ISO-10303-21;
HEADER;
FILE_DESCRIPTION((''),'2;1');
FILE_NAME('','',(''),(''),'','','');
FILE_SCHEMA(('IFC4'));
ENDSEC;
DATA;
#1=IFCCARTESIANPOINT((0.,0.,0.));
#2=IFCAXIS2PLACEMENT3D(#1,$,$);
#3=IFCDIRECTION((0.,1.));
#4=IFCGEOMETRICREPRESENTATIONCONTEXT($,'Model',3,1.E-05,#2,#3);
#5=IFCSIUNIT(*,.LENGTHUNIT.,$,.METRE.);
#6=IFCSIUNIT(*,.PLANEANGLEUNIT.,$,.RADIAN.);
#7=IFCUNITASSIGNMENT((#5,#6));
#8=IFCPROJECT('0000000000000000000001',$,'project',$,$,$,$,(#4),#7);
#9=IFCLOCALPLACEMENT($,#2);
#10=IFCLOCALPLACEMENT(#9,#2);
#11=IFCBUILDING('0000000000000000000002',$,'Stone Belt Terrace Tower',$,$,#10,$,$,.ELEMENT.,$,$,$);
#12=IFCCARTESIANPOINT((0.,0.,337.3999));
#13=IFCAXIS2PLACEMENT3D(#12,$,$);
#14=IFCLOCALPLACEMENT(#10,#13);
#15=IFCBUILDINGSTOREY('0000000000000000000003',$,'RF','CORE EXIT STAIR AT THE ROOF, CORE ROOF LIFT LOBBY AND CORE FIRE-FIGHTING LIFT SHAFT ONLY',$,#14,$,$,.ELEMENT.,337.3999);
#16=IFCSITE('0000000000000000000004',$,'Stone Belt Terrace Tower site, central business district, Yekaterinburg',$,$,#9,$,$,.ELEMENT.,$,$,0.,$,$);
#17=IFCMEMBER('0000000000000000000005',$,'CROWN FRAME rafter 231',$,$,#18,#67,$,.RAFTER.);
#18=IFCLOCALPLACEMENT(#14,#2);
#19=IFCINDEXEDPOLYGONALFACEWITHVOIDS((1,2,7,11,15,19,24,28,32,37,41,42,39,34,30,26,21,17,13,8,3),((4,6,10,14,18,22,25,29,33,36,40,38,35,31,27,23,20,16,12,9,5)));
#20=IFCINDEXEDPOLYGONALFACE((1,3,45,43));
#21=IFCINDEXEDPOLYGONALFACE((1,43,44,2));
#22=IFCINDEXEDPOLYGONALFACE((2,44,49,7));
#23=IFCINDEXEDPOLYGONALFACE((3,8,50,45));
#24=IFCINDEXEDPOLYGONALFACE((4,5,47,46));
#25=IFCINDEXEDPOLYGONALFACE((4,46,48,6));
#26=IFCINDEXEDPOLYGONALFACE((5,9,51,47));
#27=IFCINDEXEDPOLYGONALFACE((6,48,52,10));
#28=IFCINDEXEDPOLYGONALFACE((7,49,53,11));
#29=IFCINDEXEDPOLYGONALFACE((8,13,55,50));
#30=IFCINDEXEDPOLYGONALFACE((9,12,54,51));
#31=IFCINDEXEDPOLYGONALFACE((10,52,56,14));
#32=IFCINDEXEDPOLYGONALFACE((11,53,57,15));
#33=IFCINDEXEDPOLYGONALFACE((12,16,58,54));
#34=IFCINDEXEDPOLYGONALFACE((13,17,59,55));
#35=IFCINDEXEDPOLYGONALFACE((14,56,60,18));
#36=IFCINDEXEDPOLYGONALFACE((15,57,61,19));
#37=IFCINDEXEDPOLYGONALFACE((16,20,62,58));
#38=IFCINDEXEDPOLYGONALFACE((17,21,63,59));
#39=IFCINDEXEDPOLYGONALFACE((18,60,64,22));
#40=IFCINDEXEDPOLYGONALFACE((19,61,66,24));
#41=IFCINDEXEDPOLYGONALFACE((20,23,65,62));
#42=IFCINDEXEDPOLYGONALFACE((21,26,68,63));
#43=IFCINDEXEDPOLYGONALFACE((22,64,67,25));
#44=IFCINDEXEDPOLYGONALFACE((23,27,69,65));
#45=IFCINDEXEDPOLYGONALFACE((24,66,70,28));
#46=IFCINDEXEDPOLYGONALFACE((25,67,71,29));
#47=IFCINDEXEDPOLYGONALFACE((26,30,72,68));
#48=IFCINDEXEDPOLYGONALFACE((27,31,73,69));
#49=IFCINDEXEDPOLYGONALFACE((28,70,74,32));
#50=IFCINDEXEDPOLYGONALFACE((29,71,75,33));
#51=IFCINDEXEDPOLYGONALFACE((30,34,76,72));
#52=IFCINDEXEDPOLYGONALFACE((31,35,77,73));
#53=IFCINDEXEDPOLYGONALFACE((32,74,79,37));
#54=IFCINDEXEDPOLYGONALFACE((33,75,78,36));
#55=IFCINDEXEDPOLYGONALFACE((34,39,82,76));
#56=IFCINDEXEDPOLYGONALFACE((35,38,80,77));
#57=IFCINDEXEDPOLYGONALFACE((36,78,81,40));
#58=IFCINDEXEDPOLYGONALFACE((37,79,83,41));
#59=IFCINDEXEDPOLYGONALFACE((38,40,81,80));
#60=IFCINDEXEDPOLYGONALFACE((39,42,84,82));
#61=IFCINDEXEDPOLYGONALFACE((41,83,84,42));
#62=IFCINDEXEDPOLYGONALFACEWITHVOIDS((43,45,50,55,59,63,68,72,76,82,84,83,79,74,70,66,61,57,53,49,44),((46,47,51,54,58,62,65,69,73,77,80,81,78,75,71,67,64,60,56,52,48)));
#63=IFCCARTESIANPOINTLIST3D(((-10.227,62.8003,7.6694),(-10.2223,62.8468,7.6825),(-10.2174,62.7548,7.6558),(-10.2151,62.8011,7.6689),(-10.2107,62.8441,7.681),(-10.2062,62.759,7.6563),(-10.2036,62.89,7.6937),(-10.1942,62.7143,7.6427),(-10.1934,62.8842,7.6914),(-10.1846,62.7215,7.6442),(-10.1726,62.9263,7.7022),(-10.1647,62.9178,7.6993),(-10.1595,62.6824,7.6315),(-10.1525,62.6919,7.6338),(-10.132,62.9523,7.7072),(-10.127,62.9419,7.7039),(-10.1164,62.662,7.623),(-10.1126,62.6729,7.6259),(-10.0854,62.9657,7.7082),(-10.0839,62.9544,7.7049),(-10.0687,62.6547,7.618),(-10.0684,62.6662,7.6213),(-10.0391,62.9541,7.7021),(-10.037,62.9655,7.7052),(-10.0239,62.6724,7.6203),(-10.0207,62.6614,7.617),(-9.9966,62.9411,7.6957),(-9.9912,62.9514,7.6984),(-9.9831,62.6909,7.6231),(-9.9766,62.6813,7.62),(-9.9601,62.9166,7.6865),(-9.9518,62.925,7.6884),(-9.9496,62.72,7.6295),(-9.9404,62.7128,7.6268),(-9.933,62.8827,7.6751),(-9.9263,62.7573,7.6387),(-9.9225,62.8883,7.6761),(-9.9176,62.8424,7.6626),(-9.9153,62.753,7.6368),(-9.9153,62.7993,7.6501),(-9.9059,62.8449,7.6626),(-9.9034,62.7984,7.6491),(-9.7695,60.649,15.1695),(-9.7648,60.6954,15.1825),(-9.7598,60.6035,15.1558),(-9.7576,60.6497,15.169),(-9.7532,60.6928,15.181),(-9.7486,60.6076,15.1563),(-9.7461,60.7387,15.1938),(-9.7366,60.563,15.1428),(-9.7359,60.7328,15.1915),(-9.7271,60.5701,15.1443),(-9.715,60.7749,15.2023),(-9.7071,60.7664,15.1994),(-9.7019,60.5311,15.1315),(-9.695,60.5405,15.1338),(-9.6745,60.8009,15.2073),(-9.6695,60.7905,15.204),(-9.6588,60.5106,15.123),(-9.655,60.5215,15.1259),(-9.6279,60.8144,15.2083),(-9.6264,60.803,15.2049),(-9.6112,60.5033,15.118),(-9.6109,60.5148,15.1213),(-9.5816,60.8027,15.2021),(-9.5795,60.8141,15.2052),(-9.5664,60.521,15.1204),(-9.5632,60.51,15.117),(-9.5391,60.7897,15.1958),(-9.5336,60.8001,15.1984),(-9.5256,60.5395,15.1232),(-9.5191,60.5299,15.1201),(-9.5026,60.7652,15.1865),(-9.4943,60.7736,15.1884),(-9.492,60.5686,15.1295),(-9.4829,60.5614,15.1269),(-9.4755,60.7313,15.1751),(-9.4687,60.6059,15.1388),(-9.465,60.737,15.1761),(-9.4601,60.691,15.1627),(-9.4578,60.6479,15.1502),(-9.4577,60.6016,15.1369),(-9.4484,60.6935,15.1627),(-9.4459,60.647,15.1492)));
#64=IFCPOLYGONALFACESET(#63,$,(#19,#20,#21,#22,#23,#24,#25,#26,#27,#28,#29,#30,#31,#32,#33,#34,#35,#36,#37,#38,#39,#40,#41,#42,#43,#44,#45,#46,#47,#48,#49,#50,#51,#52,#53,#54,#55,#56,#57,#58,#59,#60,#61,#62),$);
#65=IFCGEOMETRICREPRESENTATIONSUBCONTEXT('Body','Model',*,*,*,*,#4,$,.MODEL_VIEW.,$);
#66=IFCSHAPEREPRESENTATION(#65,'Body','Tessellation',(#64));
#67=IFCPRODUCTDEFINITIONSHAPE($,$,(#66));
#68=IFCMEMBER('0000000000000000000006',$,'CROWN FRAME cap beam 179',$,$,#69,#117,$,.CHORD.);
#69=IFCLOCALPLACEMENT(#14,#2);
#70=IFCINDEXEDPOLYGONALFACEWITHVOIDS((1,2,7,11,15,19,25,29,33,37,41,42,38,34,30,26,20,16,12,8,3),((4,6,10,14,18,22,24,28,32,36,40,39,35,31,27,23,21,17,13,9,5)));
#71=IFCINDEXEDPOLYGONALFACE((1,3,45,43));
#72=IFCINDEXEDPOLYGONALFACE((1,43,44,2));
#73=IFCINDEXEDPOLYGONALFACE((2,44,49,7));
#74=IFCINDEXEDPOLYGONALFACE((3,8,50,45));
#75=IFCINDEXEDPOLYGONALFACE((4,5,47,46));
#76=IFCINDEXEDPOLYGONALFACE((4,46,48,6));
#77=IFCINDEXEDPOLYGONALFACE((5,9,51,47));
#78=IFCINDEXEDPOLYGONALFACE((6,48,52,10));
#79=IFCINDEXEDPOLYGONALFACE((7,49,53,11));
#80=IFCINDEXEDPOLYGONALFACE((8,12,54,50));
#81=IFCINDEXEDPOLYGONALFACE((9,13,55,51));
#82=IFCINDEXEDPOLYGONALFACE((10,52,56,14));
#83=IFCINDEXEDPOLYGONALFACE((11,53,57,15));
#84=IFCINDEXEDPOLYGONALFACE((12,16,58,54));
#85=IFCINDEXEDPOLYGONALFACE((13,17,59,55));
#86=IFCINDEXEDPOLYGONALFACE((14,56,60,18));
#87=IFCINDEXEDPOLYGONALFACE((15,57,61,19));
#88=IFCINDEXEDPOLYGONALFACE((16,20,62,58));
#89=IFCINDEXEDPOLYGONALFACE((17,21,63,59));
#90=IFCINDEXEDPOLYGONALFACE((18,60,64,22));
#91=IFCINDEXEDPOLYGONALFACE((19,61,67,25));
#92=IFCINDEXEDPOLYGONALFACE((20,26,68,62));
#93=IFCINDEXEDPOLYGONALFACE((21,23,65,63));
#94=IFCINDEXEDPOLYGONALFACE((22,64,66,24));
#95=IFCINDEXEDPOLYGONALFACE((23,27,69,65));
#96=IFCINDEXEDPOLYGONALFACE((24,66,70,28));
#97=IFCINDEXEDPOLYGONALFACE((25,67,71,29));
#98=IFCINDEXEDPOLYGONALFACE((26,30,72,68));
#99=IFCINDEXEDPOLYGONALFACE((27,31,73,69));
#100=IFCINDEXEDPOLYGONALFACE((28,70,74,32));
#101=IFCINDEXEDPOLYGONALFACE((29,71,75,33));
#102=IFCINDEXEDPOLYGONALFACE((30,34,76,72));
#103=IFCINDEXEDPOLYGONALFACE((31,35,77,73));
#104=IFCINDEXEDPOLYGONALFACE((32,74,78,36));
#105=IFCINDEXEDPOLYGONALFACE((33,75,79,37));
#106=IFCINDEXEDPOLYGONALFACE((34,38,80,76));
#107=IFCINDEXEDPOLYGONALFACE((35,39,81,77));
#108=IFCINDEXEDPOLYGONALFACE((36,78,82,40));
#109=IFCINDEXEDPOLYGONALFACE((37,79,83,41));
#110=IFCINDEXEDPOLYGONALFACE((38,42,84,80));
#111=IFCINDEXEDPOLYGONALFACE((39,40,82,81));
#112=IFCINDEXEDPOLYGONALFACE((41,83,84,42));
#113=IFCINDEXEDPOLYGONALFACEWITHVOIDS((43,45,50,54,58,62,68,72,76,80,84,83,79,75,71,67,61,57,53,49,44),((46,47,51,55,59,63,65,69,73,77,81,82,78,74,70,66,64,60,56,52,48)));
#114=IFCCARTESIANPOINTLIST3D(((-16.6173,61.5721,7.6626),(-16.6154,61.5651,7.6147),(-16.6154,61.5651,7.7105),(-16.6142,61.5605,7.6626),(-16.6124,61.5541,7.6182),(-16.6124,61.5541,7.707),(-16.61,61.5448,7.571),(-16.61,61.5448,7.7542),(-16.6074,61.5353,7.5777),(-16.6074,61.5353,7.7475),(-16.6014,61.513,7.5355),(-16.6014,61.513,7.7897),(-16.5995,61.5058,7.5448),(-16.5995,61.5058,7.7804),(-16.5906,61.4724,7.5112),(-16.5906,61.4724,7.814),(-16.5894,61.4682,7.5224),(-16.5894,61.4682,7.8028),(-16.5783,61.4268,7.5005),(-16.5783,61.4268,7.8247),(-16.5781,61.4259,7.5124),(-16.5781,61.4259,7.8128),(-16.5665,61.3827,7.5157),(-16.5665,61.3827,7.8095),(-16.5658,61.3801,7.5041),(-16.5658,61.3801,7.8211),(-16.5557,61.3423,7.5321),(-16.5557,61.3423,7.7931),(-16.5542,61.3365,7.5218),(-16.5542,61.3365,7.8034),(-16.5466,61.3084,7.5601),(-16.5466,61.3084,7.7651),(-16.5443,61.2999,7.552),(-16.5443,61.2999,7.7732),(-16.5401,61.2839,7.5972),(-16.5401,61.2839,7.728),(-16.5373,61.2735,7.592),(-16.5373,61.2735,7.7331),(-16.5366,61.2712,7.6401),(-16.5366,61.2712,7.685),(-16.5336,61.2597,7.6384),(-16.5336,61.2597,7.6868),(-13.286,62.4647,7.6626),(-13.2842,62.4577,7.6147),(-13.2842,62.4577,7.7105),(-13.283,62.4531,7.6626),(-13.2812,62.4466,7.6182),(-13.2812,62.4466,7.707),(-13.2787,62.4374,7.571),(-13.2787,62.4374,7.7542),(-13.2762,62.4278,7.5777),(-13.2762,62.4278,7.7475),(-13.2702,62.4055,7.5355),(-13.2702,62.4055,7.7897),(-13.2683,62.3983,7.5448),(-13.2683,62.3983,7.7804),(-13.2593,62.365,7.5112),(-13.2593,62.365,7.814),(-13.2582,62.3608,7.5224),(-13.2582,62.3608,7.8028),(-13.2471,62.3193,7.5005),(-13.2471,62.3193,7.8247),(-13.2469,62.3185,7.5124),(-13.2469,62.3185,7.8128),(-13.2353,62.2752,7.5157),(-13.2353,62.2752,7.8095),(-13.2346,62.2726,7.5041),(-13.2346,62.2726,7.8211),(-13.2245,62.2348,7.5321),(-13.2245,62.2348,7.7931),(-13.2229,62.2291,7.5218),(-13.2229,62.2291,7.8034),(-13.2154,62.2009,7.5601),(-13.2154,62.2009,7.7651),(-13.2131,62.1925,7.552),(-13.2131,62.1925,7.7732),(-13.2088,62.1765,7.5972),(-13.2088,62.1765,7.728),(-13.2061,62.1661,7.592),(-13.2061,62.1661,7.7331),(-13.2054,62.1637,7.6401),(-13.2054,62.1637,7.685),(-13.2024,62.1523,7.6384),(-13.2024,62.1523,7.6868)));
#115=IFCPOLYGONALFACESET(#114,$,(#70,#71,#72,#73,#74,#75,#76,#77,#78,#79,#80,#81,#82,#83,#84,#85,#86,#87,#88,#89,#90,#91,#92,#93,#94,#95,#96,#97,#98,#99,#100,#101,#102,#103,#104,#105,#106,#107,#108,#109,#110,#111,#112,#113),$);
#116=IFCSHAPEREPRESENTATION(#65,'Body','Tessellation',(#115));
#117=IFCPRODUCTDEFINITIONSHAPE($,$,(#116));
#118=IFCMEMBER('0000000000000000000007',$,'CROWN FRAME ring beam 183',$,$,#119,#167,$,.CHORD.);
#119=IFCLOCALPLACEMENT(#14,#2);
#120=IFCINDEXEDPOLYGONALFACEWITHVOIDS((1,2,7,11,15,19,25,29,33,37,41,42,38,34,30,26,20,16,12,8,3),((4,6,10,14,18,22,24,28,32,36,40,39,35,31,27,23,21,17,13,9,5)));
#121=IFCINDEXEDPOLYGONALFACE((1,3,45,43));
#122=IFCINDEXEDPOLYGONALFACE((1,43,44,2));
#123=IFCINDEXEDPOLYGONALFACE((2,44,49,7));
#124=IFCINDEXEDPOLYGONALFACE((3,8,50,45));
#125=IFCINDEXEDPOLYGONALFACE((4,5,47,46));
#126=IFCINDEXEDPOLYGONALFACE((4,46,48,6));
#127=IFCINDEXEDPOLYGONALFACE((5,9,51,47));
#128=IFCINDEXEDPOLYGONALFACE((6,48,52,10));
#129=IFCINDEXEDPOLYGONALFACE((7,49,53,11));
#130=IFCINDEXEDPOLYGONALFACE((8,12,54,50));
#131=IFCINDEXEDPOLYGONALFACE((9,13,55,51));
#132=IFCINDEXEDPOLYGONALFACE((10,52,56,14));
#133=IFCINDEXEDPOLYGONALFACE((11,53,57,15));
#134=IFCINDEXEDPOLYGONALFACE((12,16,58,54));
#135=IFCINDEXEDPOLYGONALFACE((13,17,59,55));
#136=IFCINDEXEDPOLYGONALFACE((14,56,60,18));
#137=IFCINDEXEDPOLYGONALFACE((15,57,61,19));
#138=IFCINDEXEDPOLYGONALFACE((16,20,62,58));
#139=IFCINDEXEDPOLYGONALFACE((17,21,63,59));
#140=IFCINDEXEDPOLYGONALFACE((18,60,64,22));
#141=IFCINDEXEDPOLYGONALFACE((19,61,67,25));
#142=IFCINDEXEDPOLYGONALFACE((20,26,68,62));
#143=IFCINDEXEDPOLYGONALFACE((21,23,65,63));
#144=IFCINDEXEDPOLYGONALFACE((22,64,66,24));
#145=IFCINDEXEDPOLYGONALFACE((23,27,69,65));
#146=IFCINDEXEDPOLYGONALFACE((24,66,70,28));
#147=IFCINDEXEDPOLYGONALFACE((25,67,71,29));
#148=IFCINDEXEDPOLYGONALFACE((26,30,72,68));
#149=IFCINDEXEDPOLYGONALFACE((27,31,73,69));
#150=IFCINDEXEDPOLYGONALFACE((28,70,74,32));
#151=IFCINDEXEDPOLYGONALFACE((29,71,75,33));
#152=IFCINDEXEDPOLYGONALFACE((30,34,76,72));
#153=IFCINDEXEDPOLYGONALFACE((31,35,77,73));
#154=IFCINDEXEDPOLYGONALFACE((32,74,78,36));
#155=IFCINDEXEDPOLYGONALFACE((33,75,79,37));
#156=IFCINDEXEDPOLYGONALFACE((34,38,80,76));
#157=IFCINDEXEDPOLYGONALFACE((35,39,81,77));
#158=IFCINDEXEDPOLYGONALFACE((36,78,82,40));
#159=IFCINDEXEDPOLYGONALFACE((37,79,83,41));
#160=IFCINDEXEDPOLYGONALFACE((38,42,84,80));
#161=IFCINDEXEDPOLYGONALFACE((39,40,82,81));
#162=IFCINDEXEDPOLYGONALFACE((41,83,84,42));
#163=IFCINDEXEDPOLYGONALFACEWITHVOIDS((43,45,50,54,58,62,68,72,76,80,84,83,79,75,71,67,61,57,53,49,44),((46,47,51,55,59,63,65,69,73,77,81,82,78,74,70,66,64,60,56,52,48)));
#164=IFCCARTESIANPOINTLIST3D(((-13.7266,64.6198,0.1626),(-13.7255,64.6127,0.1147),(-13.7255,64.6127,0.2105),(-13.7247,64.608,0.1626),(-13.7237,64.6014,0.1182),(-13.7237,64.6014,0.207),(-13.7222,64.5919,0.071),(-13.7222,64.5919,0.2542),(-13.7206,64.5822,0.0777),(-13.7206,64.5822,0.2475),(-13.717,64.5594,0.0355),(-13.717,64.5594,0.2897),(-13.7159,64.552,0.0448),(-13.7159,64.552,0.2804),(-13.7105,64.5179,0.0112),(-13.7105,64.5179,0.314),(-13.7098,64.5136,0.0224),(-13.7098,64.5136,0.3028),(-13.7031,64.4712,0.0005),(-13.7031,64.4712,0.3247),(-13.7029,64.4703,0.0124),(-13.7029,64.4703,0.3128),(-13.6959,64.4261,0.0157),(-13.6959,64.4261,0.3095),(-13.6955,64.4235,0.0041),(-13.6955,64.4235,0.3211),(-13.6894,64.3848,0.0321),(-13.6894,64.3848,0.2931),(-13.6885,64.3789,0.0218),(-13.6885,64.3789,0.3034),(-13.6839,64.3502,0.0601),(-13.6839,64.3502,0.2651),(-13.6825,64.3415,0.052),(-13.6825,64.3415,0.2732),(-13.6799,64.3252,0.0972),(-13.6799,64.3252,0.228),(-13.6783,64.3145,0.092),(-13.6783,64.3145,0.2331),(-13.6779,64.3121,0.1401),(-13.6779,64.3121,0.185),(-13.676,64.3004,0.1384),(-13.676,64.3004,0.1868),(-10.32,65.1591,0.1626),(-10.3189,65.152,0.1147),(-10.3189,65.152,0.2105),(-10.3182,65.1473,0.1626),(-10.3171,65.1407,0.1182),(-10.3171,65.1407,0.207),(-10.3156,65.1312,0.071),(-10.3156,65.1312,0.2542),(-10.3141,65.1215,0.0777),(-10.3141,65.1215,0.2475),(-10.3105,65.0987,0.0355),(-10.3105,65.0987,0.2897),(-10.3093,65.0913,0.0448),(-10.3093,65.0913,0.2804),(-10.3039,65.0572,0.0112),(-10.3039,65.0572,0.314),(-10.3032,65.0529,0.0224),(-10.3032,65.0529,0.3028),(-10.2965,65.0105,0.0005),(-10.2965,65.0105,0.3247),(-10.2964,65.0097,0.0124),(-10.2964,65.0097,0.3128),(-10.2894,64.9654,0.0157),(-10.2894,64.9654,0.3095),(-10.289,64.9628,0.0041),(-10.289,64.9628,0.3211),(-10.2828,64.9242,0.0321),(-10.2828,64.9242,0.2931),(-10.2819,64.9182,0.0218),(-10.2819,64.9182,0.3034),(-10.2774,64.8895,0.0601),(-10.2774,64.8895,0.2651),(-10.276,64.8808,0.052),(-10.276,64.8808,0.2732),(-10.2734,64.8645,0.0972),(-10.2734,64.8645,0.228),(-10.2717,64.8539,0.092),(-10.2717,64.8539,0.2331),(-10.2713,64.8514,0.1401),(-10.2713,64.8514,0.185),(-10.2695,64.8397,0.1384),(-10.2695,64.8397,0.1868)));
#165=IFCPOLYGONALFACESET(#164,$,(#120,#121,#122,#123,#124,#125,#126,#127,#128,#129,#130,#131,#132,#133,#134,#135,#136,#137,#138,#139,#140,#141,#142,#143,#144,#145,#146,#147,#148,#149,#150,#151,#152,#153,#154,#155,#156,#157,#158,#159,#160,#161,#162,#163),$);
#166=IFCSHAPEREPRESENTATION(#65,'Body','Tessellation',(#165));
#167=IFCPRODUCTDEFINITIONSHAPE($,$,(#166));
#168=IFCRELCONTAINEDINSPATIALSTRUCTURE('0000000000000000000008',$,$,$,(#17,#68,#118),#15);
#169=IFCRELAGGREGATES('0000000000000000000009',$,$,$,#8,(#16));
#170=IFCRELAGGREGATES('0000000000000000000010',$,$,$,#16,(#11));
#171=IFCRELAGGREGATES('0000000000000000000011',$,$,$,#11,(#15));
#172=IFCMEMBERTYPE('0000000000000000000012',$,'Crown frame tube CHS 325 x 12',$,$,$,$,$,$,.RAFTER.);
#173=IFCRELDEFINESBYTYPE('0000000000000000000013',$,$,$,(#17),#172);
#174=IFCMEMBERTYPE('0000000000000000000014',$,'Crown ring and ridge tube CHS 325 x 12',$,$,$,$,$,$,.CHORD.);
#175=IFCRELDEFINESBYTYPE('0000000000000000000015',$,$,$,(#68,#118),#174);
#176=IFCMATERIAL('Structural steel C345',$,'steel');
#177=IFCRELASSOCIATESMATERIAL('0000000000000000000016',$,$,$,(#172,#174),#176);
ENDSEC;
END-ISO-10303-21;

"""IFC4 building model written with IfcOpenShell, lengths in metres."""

from ifc_helpers import new_model, si_unit, direction, frame, origin, origin_2d, place, context, subcontext, project, spatial, hollow_circle, extrude, material, material_profile, profile_set, type_object, element, save


model = new_model("IFC4")

# Units and contexts
model_context = context("Model", 3, precision=1e-05, world=origin(), true_north=direction((0.0, 1.0)))
body_context = subcontext(model_context, "Body", "Model", "MODEL_VIEW")
ifc_project = project(units=[si_unit("LENGTHUNIT", "METRE"), si_unit("PLANEANGLEUNIT", "RADIAN")], contexts=[model_context])

# Site, building, storey
site_placement = place(None, origin())
site = spatial("IfcSite", under=ifc_project, at=site_placement, Name="Stone Belt Terrace Tower site, central business district, Yekaterinburg", CompositionType="ELEMENT", RefElevation=0.0)
building_placement = place(site_placement, origin())
building = spatial("IfcBuilding", under=site, at=building_placement, Name="Stone Belt Terrace Tower", CompositionType="ELEMENT")
storey_placement = place(building_placement, frame((0.0, 0.0, 337.3999)))
storey = spatial("IfcBuildingStorey", under=building, at=storey_placement, Name="RF", Description="CORE EXIT STAIR AT THE ROOF, CORE ROOF LIFT LOBBY AND CORE FIRE-FIGHTING LIFT SHAFT ONLY", CompositionType="ELEMENT", Elevation=337.3999)

# Members
ifc_material_1 = material(Name="Structural steel C345", Category="steel")
ifc_material_profile_1 = material_profile(ifc_material_1, hollow_circle(Radius=0.1626, WallThickness=0.012, at=origin_2d()), Name="Structural steel C345 CHS 325x12")
ifc_profile_set_1 = profile_set([ifc_material_profile_1], Name="Structural steel C345")
member_type_1 = type_object("IfcMemberType", Name="Crown frame tube CHS 325 x 12", PredefinedType="RAFTER", material=ifc_profile_set_1)
member_1_placement = place(storey_placement, frame((-10.0649, 62.811, 7.6626), z_axis=(0.058537, -0.275257, 0.959587), x_axis=(0.978126, 0.208013, 0.0)))
element("IfcMember", 1, at=member_1_placement, inside=storey, type_object=member_type_1, Name="CROWN FRAME rafter 231", PredefinedType="RAFTER", context=body_context, shape_type="SweptSolid", body=[
    extrude(hollow_circle(Radius=0.1626, WallThickness=0.012, at=origin_2d()), origin(), (0.0, 0.0, 1.0), 7.8159),
])
ifc_material_profile_2 = material_profile(ifc_material_1, hollow_circle(Radius=0.1626, WallThickness=0.012, at=origin_2d()), Name="Structural steel C345 CHS 325x12")
ifc_profile_set_2 = profile_set([ifc_material_profile_2], Name="Structural steel C345")
member_type_2 = type_object("IfcMemberType", Name="Crown ring and ridge tube CHS 325 x 12", PredefinedType="CHORD", material=ifc_profile_set_2)
member_2_placement = place(storey_placement, frame((-16.5752, 61.415, 7.6626), z_axis=(0.965929, 0.258808, 0.0), x_axis=(-0.258808, 0.965929, 0.0)))
element("IfcMember", 2, at=member_2_placement, inside=storey, type_object=member_type_2, Name="CROWN FRAME cap beam 179", PredefinedType="CHORD", context=body_context, shape_type="SweptSolid", body=[
    extrude(hollow_circle(Radius=0.1626, WallThickness=0.012, at=origin_2d()), origin(), (0.0, 0.0, 1.0), 3.4487),
])
member_3_placement = place(storey_placement, frame((-13.7012, 64.4592, 0.1626), z_axis=(0.987699, 0.15637, 0.0), x_axis=(-0.15637, 0.987699, 0.0)))
element("IfcMember", 3, at=member_3_placement, inside=storey, type_object=member_type_2, Name="CROWN FRAME ring beam 183", PredefinedType="CHORD", context=body_context, shape_type="SweptSolid", body=[
    extrude(hollow_circle(Radius=0.1626, WallThickness=0.012, at=origin_2d()), origin(), (0.0, 0.0, 1.0), 3.449),
])

save(model, "model.ifc")
